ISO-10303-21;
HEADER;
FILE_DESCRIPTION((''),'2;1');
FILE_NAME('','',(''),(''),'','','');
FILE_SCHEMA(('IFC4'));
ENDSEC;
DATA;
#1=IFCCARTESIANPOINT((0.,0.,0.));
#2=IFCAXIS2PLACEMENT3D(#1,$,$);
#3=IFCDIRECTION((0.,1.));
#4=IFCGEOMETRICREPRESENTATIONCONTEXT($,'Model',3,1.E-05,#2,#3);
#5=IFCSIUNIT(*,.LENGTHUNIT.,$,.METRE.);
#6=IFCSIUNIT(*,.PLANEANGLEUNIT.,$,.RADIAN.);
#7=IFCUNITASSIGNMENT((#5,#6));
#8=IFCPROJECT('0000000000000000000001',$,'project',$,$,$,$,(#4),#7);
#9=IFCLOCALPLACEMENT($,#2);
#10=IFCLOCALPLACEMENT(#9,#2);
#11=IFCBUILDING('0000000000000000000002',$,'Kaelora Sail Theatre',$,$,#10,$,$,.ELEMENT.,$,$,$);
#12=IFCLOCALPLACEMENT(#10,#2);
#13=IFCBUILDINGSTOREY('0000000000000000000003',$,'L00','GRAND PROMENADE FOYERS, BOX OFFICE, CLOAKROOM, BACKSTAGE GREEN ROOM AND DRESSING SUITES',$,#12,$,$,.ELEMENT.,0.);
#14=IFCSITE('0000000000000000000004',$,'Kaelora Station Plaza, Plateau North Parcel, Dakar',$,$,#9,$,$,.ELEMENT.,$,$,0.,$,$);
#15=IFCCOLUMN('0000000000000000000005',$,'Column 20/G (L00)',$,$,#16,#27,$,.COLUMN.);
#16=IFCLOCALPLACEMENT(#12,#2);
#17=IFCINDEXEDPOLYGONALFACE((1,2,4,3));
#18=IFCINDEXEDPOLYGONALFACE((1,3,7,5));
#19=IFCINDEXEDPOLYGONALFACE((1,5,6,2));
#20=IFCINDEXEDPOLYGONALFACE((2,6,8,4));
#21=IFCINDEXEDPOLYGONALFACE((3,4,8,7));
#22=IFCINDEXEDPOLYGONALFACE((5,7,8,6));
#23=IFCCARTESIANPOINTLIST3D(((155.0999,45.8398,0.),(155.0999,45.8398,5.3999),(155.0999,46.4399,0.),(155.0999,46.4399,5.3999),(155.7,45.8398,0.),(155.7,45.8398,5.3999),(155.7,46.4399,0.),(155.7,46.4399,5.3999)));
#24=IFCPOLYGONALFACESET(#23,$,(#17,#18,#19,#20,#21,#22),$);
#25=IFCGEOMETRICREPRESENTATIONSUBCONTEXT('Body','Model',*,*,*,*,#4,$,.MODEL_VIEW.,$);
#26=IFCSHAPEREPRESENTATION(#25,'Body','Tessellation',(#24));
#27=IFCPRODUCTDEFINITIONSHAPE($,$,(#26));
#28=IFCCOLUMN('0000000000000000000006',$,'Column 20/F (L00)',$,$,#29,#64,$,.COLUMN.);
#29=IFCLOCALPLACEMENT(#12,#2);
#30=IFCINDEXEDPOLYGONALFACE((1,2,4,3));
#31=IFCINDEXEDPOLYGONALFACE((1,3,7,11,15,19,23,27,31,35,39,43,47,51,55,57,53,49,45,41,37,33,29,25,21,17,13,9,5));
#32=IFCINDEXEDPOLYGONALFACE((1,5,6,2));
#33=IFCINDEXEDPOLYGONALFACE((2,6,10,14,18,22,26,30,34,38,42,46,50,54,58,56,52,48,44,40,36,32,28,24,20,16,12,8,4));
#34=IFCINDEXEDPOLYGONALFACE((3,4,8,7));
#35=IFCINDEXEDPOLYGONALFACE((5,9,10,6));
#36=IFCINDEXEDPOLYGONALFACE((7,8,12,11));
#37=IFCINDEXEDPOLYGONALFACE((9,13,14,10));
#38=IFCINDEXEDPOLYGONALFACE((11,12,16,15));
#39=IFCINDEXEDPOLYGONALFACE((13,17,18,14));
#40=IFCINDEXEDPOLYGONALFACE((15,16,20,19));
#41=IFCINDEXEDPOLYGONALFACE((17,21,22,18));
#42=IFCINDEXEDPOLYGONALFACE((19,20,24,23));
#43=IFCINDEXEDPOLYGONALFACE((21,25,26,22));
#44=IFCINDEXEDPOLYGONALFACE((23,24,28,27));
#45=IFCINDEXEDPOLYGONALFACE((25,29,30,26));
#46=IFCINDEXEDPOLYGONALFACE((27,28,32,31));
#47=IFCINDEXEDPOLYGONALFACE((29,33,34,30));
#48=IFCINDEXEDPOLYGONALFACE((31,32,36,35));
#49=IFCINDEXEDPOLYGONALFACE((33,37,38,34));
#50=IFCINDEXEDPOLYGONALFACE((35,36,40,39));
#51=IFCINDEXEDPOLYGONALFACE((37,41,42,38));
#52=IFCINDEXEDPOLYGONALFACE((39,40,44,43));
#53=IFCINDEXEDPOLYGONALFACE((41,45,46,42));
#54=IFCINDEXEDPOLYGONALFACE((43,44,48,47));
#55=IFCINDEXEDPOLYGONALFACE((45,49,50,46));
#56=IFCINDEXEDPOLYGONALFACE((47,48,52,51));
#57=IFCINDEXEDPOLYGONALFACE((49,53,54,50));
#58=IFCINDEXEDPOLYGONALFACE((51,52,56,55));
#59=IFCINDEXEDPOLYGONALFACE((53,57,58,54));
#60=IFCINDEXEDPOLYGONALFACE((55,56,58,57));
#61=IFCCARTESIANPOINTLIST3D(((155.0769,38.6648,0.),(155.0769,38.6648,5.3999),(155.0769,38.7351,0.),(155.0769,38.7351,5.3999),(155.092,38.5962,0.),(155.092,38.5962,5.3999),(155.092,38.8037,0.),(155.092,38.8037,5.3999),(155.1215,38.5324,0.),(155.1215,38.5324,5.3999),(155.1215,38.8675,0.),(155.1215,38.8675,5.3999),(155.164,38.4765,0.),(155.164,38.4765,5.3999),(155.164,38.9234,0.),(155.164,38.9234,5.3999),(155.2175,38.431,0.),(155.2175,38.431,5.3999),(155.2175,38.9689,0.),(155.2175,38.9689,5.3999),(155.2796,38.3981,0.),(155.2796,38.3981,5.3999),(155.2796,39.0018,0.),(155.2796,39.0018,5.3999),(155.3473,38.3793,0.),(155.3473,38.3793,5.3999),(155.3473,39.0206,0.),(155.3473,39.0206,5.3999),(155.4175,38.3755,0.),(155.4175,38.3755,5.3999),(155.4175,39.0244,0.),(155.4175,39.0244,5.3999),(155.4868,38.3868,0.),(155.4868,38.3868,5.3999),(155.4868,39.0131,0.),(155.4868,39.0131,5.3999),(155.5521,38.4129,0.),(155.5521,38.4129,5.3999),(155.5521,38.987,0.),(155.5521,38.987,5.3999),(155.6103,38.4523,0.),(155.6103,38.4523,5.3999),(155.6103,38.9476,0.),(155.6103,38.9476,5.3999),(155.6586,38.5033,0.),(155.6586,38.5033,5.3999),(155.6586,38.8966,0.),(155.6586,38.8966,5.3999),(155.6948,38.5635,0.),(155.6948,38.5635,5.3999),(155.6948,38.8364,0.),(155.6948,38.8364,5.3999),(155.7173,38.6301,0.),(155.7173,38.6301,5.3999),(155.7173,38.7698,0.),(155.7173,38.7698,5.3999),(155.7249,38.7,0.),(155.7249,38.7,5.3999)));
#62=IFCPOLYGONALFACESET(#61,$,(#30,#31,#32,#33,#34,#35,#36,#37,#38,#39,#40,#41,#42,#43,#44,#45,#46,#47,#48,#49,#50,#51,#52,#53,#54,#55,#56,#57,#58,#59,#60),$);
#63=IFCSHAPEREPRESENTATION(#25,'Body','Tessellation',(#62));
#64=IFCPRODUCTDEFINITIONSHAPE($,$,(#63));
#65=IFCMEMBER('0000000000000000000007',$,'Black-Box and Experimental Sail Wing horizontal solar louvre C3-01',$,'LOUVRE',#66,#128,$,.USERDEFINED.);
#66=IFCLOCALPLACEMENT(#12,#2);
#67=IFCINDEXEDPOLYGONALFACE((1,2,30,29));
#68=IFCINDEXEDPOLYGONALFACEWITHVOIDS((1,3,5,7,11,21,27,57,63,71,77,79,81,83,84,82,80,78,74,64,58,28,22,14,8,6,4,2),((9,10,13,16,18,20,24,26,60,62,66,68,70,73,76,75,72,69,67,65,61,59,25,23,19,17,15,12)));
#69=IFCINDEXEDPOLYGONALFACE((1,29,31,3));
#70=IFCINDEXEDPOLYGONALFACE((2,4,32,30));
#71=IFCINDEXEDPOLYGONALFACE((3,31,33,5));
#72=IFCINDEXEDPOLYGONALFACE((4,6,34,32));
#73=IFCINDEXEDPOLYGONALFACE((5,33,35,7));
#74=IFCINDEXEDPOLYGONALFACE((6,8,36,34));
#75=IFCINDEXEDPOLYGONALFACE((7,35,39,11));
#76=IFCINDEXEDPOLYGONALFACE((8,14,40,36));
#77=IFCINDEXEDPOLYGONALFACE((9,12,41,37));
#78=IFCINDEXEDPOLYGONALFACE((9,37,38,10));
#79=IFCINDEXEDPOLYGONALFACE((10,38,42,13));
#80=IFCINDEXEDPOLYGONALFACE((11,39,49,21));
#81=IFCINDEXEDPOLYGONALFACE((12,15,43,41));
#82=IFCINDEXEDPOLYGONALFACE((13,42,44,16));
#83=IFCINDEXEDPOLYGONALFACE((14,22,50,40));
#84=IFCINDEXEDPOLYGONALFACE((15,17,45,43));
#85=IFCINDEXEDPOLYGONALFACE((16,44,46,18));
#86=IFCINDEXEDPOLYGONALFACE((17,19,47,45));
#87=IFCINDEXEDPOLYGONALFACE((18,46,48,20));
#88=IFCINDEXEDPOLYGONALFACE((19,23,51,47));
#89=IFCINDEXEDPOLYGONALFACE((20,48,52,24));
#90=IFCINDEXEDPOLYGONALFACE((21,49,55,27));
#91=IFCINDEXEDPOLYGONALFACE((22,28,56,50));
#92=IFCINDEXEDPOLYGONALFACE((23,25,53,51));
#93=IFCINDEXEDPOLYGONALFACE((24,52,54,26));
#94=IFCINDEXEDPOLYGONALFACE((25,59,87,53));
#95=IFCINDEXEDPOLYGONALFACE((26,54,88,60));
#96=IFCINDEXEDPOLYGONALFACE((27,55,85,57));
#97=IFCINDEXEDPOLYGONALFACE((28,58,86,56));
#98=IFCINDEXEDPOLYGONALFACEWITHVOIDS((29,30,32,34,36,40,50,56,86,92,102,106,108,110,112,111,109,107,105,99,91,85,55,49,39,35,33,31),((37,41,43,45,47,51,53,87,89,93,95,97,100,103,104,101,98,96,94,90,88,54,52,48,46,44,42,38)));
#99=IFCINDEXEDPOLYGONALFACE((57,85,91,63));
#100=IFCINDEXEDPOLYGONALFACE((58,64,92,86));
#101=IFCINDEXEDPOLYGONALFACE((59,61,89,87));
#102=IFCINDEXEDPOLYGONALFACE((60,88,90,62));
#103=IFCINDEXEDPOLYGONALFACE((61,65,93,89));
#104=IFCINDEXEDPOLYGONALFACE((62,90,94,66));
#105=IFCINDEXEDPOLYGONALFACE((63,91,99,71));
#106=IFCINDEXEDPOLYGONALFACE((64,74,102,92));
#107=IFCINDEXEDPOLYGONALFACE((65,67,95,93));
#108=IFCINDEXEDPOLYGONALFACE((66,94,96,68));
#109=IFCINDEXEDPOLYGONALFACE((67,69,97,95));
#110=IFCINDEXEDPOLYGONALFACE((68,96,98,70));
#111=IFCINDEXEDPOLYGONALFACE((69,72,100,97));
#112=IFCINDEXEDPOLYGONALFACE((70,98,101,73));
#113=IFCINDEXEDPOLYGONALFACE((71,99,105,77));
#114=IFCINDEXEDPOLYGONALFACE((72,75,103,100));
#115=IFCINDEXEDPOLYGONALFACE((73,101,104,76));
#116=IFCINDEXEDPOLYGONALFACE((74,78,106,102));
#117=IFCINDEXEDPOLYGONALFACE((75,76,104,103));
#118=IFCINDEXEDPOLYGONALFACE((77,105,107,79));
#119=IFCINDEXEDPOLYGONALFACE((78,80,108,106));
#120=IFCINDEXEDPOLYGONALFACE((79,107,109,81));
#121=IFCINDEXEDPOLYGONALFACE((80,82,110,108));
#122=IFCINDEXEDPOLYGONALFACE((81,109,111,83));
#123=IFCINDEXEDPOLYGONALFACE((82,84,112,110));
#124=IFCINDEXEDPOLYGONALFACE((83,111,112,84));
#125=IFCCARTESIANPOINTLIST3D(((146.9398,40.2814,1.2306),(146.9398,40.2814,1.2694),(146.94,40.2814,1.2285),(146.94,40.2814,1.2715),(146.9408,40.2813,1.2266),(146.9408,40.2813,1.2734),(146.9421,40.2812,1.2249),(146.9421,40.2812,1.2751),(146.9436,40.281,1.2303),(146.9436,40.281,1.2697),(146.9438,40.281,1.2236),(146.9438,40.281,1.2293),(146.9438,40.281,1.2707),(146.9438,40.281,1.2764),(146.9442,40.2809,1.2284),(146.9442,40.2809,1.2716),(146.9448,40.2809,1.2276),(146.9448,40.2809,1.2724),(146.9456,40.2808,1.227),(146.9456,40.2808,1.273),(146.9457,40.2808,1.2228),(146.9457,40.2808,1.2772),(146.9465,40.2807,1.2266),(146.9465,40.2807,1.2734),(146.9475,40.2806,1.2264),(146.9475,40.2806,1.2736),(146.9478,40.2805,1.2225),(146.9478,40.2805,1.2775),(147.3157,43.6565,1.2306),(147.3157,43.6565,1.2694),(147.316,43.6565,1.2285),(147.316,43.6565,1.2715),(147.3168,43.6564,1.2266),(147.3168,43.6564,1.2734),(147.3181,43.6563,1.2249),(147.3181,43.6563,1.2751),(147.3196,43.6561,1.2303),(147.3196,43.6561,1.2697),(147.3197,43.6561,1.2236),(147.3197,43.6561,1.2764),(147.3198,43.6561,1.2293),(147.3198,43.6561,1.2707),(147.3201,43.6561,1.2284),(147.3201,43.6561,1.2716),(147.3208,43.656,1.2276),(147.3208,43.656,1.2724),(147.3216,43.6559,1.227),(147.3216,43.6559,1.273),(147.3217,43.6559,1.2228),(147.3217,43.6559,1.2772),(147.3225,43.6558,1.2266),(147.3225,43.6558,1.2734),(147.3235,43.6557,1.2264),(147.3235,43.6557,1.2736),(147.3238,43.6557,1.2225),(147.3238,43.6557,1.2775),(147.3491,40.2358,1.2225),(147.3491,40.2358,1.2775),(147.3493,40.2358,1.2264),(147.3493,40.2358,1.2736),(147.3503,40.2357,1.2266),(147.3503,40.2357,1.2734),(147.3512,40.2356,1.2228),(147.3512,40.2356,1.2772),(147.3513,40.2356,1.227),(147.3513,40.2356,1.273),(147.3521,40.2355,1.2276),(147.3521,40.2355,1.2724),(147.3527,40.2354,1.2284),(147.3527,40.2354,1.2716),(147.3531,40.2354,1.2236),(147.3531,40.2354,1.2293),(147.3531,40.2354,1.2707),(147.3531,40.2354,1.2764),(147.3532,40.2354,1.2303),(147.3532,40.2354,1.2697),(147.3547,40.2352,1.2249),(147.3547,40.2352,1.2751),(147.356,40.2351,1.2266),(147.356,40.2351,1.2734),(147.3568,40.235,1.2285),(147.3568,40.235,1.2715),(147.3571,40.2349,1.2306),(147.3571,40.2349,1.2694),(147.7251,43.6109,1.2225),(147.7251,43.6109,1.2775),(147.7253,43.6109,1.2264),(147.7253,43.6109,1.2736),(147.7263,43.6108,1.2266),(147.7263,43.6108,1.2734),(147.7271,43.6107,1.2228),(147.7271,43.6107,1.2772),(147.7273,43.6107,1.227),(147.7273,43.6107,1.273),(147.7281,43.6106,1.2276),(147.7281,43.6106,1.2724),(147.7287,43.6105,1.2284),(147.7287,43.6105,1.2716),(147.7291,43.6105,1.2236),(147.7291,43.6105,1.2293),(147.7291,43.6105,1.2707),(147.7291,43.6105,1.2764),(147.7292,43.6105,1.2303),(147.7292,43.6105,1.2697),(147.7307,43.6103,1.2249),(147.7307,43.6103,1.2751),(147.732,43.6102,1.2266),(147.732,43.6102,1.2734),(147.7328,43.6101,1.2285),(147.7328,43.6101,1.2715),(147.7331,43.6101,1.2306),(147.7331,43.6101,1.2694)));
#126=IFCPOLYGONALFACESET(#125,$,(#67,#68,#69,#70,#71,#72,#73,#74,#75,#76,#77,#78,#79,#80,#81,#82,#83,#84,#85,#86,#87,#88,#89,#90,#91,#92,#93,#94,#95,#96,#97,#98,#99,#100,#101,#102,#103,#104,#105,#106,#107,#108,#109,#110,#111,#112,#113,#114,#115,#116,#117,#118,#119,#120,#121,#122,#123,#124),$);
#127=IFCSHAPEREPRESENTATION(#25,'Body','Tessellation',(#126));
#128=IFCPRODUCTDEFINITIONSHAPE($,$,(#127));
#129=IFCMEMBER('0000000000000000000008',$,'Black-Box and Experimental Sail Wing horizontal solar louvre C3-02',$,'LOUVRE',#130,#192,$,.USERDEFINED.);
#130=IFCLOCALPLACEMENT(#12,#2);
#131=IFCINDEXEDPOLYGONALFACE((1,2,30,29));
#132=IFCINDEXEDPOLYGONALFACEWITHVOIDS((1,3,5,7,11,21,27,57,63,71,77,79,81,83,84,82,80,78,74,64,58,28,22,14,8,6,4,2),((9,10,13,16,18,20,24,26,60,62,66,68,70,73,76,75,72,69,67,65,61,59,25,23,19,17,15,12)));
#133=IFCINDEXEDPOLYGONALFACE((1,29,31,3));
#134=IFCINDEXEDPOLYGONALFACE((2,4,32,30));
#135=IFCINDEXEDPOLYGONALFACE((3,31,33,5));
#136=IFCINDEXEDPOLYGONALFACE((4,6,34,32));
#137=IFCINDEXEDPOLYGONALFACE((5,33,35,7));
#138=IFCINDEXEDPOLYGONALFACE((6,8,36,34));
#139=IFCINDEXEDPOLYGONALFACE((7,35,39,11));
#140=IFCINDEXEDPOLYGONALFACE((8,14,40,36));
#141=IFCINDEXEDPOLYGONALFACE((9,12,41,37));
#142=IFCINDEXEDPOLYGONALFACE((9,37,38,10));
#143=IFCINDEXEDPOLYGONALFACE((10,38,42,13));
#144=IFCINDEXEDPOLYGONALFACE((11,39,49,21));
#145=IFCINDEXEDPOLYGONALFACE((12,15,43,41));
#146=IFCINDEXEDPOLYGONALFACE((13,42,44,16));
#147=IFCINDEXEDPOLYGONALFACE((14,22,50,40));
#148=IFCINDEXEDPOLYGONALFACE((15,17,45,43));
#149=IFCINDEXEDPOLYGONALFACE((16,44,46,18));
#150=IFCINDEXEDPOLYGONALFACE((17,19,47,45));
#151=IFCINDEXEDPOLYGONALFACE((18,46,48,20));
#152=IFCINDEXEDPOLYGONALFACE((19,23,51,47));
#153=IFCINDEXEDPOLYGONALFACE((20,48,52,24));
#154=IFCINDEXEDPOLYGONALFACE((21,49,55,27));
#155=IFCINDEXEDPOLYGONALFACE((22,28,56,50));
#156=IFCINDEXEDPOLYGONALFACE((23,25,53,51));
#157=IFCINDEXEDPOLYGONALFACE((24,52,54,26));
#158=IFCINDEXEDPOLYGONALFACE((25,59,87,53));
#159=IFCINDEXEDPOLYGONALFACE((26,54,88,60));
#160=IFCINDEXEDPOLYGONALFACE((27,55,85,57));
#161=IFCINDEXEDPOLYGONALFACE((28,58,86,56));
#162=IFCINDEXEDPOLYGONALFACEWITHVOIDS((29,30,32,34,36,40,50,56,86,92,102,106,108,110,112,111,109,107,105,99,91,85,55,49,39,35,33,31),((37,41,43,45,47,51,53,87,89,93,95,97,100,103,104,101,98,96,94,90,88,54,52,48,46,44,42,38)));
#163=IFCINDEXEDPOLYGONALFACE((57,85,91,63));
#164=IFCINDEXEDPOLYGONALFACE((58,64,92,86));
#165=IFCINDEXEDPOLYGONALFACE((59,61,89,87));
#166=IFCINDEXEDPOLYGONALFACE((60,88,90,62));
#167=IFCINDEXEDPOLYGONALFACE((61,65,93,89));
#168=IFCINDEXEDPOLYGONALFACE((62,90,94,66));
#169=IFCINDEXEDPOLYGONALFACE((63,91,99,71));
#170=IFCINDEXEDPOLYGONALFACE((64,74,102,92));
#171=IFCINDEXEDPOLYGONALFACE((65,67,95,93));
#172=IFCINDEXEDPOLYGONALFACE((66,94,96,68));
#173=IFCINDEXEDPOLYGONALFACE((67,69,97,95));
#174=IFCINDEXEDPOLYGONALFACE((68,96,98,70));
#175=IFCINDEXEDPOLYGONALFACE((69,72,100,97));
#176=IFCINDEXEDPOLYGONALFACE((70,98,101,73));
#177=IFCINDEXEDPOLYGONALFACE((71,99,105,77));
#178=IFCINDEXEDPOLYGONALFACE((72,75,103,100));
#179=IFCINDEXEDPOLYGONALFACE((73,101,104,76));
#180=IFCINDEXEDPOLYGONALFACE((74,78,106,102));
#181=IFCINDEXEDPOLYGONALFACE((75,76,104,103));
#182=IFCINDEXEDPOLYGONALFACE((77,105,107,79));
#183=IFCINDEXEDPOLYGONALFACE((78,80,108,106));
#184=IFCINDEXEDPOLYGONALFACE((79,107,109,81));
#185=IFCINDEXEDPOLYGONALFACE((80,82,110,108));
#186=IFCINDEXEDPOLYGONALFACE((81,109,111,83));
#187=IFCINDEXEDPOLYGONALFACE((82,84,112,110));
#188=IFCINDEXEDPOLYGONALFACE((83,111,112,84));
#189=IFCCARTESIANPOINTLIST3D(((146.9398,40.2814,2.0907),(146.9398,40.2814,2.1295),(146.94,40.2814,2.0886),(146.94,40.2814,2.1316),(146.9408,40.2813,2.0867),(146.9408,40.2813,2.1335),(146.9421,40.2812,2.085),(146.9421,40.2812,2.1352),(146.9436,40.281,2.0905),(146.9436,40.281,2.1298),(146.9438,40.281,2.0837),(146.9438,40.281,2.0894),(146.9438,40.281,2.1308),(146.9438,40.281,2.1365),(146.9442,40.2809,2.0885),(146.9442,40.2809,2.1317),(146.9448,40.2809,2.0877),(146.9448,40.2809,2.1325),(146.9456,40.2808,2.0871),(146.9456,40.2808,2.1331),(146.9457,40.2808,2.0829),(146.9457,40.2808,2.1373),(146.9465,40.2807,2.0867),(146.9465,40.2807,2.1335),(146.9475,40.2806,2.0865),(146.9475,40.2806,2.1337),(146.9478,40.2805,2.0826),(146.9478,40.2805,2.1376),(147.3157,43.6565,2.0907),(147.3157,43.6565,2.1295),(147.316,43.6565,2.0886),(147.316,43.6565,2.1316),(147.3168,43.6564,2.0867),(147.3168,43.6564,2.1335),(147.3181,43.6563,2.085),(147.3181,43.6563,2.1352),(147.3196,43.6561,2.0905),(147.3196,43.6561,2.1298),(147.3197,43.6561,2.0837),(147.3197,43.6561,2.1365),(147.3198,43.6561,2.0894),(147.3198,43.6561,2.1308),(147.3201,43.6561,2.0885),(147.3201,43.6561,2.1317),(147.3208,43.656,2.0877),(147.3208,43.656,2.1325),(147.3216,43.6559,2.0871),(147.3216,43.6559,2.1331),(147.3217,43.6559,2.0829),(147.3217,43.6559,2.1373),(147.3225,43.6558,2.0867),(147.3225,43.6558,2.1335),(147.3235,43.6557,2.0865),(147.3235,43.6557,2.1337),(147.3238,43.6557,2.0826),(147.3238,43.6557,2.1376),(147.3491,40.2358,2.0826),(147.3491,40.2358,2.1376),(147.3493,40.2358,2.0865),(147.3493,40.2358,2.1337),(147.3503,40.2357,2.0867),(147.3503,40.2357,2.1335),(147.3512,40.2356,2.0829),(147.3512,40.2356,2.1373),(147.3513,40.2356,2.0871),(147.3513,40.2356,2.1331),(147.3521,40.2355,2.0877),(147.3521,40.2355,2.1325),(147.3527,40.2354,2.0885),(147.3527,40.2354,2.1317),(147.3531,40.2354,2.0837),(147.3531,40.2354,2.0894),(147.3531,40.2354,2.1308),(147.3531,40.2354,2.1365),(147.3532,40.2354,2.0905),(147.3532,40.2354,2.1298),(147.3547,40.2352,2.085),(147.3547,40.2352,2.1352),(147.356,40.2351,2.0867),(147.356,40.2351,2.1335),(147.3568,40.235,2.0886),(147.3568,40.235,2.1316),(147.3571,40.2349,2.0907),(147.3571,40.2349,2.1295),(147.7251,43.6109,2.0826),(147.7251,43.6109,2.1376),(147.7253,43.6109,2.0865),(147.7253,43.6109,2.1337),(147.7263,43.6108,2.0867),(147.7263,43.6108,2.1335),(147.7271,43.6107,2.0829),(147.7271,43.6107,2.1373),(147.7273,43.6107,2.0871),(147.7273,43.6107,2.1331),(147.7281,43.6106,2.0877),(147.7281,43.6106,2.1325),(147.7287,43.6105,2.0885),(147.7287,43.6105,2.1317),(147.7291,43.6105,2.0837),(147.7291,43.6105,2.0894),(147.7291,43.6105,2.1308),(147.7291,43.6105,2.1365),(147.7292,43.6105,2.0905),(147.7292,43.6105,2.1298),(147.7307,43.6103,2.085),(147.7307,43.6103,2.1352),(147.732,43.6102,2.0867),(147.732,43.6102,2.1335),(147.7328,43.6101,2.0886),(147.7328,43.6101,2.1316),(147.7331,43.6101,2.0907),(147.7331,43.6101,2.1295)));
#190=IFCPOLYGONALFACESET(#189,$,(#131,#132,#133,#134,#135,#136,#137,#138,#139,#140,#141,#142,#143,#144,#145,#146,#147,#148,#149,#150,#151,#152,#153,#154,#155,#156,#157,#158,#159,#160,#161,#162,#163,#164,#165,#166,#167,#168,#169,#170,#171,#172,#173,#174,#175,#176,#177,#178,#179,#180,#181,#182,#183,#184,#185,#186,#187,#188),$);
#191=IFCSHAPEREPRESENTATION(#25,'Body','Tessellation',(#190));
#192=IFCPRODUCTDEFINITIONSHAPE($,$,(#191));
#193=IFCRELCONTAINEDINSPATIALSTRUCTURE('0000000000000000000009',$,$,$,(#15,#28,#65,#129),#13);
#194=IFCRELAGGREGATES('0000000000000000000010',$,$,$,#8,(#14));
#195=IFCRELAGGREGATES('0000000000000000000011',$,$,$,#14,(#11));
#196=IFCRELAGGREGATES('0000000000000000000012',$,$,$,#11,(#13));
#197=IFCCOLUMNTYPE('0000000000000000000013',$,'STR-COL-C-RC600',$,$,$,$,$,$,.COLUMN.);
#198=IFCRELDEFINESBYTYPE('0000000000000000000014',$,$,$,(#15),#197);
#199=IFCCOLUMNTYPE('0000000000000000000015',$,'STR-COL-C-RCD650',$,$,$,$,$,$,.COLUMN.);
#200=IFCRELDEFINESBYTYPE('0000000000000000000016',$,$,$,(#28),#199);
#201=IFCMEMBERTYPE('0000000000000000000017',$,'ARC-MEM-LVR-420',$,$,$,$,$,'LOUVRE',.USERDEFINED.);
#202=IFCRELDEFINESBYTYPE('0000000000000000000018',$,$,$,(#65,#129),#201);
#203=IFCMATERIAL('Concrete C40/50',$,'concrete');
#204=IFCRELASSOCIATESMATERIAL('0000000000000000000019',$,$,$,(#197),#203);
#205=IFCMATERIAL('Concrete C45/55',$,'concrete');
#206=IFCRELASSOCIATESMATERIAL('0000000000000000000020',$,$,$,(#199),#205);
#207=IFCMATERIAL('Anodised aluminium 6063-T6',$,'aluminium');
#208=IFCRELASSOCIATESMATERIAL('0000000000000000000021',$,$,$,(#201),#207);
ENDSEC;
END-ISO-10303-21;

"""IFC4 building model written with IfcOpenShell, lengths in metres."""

from ifc_helpers import new_model, si_unit, direction, frame, origin, origin_2d, place, context, subcontext, project, spatial, rectangle, hollow_rectangle, circle, extrude, material, material_profile, profile_set, type_object, element, save


model = new_model("IFC4")

# Units and contexts
model_context = context("Model", 3, precision=1e-05, world=origin(), true_north=direction((0.0, 1.0)))
body_context = subcontext(model_context, "Body", "Model", "MODEL_VIEW")
ifc_project = project(units=[si_unit("LENGTHUNIT", "METRE"), si_unit("PLANEANGLEUNIT", "RADIAN")], contexts=[model_context])

# Site, building, storey
site_placement = place(None, origin())
site = spatial("IfcSite", under=ifc_project, at=site_placement, Name="Kaelora Station Plaza, Plateau North Parcel, Dakar", CompositionType="ELEMENT", RefElevation=0.0)
building_placement = place(site_placement, origin())
building = spatial("IfcBuilding", under=site, at=building_placement, Name="Kaelora Sail Theatre", CompositionType="ELEMENT")
storey_placement = place(building_placement, origin())
storey = spatial("IfcBuildingStorey", under=building, at=storey_placement, Name="L00", Description="GRAND PROMENADE FOYERS, BOX OFFICE, CLOAKROOM, BACKSTAGE GREEN ROOM AND DRESSING SUITES", CompositionType="ELEMENT", Elevation=0.0)

# Columns
ifc_material_1 = material(Name="Concrete C40/50", Category="concrete")
ifc_material_profile_1 = material_profile(ifc_material_1, rectangle(XDim=0.6001, YDim=0.6001, at=origin_2d()), Name="RC-COL 600x600")
ifc_profile_set_1 = profile_set([ifc_material_profile_1], Name="Concrete C40/50")
column_type_1 = type_object("IfcColumnType", Name="STR-COL-C-RC600", PredefinedType="COLUMN", material=ifc_profile_set_1)
column_1_placement = place(storey_placement, frame((155.3999, 46.1399, 0.0), z_axis=(0.0, 0.0, 1.0), x_axis=(1.0, 0.0, 0.0)))
element("IfcColumn", 1, at=column_1_placement, inside=storey, type_object=column_type_1, Name="Column 20/G (L00)", PredefinedType="COLUMN", context=body_context, shape_type="SweptSolid", body=[
    extrude(rectangle(XDim=0.6001, YDim=0.6001, at=origin_2d()), origin(), (0.0, 0.0, 1.0), 5.3999),
])
ifc_material_2 = material(Name="Concrete C45/55", Category="concrete")
ifc_material_profile_2 = material_profile(ifc_material_2, circle(Radius=0.325, at=origin_2d()), Name="RC-CCOL D650")
ifc_profile_set_2 = profile_set([ifc_material_profile_2], Name="Concrete C45/55")
column_type_2 = type_object("IfcColumnType", Name="STR-COL-C-RCD650", PredefinedType="COLUMN", material=ifc_profile_set_2)
column_2_placement = place(storey_placement, frame((155.3999, 38.7, 0.0), z_axis=(0.0, 0.0, 1.0), x_axis=(1.0, 0.0, 0.0)))
element("IfcColumn", 2, at=column_2_placement, inside=storey, type_object=column_type_2, Name="Column 20/F (L00)", PredefinedType="COLUMN", context=body_context, shape_type="SweptSolid", body=[
    extrude(circle(Radius=0.325, at=origin_2d()), origin(), (0.0, 0.0, 1.0), 5.3999),
])

# Members
ifc_material_3 = material(Name="Anodised aluminium 6063-T6", Category="aluminium")
ifc_material_profile_3 = material_profile(ifc_material_3, hollow_rectangle(XDim=0.4199, YDim=0.0549, WallThickness=0.0039, InnerFilletRadius=0.0039, OuterFilletRadius=0.0081, at=origin_2d()), Name="LOUVRE 420x55x4")
ifc_profile_set_3 = profile_set([ifc_material_profile_3], Name="Anodised aluminium 6063-T6")
member_type_1 = type_object("IfcMemberType", Name="ARC-MEM-LVR-420", ElementType="LOUVRE", PredefinedType="USERDEFINED", material=ifc_profile_set_3)
for number, where, z_axis, x_axis, name in (
    (3, (147.5244, 43.6333, 1.25), (-0.110716, -0.993852, 0.0), (0.993852, -0.110716, 0.0), "Black-Box and Experimental Sail Wing horizontal solar louvre C3-01"),
    (4, (147.5244, 43.6333, 2.1101), (-0.110716, -0.993852, 0.0), (0.993852, -0.110716, 0.0), "Black-Box and Experimental Sail Wing horizontal solar louvre C3-02"),
):
    element("IfcMember", number, at=place(storey_placement, frame(where, z_axis=z_axis, x_axis=x_axis)), inside=storey, type_object=member_type_1, Name=name, ObjectType="LOUVRE", PredefinedType="USERDEFINED", context=body_context, shape_type="SweptSolid", body=[
        extrude(hollow_rectangle(XDim=0.4199, YDim=0.0549, WallThickness=0.0039, InnerFilletRadius=0.0039, OuterFilletRadius=0.0081, at=origin_2d()), origin(), (0.0, 0.0, 1.0), 3.396),
    ])

save(model, "model.ifc")
